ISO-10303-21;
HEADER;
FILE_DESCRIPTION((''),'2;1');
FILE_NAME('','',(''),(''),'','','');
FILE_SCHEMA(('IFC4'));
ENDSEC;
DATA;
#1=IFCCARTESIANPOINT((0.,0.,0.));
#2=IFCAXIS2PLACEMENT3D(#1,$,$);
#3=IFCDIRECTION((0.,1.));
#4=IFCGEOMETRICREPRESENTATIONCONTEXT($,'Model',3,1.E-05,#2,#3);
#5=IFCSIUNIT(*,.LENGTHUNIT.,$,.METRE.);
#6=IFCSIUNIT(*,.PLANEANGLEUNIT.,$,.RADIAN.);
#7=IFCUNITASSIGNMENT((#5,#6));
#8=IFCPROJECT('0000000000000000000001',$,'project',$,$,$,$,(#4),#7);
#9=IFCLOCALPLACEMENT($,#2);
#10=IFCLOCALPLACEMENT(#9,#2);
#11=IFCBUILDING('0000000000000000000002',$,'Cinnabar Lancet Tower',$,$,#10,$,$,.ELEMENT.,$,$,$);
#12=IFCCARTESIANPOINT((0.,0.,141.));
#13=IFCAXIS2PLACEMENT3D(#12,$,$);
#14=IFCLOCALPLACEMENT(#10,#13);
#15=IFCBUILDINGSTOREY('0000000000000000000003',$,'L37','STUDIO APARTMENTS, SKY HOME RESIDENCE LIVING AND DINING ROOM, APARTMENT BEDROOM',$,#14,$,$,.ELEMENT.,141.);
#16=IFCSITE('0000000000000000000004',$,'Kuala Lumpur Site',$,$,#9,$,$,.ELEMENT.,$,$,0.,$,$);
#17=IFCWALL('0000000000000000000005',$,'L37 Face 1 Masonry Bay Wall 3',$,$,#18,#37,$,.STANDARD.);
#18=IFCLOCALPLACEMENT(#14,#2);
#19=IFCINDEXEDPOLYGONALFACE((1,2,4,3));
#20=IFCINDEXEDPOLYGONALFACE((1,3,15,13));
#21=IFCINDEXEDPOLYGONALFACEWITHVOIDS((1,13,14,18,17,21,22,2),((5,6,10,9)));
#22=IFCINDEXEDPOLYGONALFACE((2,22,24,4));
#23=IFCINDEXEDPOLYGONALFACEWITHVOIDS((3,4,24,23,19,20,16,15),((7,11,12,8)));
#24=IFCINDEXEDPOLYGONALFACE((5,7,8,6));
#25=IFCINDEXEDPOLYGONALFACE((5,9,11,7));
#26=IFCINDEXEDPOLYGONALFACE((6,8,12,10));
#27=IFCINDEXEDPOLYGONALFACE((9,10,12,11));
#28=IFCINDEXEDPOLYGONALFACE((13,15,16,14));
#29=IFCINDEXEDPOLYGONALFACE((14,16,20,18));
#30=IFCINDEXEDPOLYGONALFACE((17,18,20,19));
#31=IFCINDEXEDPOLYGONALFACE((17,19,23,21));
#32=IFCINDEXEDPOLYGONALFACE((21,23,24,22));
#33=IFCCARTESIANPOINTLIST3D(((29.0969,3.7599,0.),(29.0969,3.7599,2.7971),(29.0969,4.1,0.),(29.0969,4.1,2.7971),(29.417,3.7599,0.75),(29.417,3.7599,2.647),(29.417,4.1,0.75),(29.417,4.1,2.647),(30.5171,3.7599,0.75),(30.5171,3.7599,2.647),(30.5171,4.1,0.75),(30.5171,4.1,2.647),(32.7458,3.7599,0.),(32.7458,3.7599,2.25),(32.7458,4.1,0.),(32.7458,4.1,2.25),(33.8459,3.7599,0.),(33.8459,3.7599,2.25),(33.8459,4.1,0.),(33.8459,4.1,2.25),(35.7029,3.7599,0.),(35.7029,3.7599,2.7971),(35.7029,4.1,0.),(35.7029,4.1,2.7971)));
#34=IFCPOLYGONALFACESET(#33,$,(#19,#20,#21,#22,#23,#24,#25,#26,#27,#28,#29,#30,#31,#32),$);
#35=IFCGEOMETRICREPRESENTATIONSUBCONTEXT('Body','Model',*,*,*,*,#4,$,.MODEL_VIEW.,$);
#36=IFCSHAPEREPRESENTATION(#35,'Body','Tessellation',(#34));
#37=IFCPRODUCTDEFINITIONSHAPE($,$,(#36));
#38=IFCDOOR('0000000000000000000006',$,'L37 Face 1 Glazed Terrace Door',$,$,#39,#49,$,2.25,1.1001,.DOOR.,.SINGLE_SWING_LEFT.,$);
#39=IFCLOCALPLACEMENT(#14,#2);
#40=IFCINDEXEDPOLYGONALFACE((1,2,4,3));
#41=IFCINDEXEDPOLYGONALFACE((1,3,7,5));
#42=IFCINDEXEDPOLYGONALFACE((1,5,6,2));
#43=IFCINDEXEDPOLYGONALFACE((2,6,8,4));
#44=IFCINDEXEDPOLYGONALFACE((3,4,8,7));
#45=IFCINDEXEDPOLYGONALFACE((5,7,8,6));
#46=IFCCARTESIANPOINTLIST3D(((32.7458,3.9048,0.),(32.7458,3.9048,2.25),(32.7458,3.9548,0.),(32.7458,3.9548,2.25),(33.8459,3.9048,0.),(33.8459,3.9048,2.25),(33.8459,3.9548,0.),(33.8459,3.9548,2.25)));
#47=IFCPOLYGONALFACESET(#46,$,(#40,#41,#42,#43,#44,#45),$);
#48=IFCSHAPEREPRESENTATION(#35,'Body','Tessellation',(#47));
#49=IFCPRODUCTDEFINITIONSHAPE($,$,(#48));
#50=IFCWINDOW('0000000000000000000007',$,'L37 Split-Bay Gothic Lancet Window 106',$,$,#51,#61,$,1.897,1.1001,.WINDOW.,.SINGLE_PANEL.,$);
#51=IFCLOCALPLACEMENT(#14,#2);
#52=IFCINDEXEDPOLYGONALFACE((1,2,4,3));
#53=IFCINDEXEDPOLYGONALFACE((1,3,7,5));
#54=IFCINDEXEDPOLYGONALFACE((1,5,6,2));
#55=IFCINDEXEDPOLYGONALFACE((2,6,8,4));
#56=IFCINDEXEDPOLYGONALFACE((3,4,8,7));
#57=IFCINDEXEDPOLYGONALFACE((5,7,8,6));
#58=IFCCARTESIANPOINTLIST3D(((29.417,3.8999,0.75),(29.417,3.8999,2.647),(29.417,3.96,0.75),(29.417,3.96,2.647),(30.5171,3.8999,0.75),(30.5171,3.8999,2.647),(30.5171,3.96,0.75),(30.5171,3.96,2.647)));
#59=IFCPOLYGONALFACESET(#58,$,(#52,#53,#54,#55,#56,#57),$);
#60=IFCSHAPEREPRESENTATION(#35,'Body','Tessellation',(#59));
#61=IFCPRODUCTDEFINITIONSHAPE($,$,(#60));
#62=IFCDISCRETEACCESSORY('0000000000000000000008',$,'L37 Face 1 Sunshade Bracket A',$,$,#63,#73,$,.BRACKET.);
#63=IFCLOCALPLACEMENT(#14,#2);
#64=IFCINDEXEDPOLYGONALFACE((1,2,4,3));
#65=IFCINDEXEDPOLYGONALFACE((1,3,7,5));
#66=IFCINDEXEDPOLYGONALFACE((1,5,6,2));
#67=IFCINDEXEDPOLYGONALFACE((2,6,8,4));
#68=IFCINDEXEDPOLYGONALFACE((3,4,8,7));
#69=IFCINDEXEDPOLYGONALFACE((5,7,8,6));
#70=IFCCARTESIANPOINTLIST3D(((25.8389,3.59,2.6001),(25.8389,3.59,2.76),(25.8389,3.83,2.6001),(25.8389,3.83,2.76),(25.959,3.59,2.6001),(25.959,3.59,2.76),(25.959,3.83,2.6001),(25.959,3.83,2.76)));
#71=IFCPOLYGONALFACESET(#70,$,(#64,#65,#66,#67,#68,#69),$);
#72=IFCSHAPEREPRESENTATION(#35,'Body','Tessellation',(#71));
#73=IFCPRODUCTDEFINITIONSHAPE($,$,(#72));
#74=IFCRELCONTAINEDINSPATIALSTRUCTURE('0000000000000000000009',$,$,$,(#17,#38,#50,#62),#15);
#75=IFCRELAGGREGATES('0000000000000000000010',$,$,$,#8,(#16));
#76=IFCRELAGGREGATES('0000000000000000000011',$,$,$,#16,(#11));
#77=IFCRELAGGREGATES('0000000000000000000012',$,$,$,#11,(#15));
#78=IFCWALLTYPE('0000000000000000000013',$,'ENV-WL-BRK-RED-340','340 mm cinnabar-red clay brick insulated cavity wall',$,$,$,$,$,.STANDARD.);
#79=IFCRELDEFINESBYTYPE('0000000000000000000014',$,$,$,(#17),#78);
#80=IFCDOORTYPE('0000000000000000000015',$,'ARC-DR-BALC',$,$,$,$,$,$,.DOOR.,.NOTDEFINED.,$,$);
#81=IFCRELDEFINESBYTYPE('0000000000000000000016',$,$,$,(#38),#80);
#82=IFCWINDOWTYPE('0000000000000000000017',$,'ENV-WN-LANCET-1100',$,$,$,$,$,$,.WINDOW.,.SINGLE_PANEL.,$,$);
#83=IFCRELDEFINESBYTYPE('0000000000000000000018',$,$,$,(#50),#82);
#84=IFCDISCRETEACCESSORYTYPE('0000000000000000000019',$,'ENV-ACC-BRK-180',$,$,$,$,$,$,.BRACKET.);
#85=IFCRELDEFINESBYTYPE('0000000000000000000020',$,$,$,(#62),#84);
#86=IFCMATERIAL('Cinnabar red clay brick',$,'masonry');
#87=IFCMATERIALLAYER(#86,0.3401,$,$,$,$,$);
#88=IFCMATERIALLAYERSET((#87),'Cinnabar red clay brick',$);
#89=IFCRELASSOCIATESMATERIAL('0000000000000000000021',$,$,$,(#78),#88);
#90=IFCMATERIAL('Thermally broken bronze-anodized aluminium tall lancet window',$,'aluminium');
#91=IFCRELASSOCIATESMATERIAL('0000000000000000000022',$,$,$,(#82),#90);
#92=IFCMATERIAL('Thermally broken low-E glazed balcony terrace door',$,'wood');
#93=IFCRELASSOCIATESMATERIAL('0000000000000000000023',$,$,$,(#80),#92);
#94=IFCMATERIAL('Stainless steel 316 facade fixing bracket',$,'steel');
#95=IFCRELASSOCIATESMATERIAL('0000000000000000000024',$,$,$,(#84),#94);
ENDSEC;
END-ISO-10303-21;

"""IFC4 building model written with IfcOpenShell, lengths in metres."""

from ifc_helpers import new_model, si_unit, direction, frame, frame_2d, origin, origin_2d, place, context, subcontext, project, spatial, rectangle, extrude, material, layer, layer_set, type_object, element, fill, save


model = new_model("IFC4")

# Units and contexts
model_context = context("Model", 3, precision=1e-05, world=origin(), true_north=direction((0.0, 1.0)))
body_context = subcontext(model_context, "Body", "Model", "MODEL_VIEW")
ifc_project = project(units=[si_unit("LENGTHUNIT", "METRE"), si_unit("PLANEANGLEUNIT", "RADIAN")], contexts=[model_context])

# Site, building, storey
site_placement = place(None, origin())
site = spatial("IfcSite", under=ifc_project, at=site_placement, Name="Kuala Lumpur Site", CompositionType="ELEMENT", RefElevation=0.0)
building_placement = place(site_placement, origin())
building = spatial("IfcBuilding", under=site, at=building_placement, Name="Cinnabar Lancet Tower", CompositionType="ELEMENT")
storey_placement = place(building_placement, frame((0.0, 0.0, 141.0)))
storey = spatial("IfcBuildingStorey", under=building, at=storey_placement, Name="L37", Description="STUDIO APARTMENTS, SKY HOME RESIDENCE LIVING AND DINING ROOM, APARTMENT BEDROOM", CompositionType="ELEMENT", Elevation=141.0)

# Shared definitions
ifc_material_1 = material(Name="Cinnabar red clay brick", Category="masonry")
ifc_layer_1 = layer(ifc_material_1, 0.3401)
ifc_layer_set_1 = layer_set([ifc_layer_1], Name="Cinnabar red clay brick")
wall_type_1 = type_object("IfcWallType", Name="ENV-WL-BRK-RED-340", Description="340 mm cinnabar-red clay brick insulated cavity wall", PredefinedType="STANDARD", material=ifc_layer_set_1)

# Shared definitions
ifc_material_2 = material(Name="Thermally broken bronze-anodized aluminium tall lancet window", Category="aluminium")
window_type = type_object("IfcWindowType", Name="ENV-WN-LANCET-1100", PartitioningType="SINGLE_PANEL", PredefinedType="WINDOW", material=ifc_material_2)

# Wall, openings, door, window
wall_1_placement = place(storey_placement, frame((29.0969, 3.9299, 0.0), z_axis=(0.0, 0.0, 1.0), x_axis=(1.0, 0.0, 0.0)))
wall_1 = element("IfcWall", 1, at=wall_1_placement, inside=storey, type_object=wall_type_1, Name="L37 Face 1 Masonry Bay Wall 3", PredefinedType="STANDARD", context=body_context, shape_type="SweptSolid", body=[
    extrude(rectangle(XDim=6.606, YDim=0.3401, at=frame_2d((3.303, 0.0))), origin(), (0.0, 0.0, 1.0), 2.7971),
])
opening_1_placement = place(wall_1_placement, frame((3.6489, 0.0, 0.0)))
opening_1 = element("IfcOpeningElement", 2, at=opening_1_placement, cuts=wall_1, PredefinedType="OPENING", context=body_context, shape_type="SweptSolid", body=[
    extrude(rectangle(XDim=1.1001, YDim=2.25, at=frame_2d((0.55, 1.125))), frame((0.0, 0.1799, 0.0), z_axis=(0.0, -1.0, 0.0), x_axis=(1.0, 0.0, 0.0)), (0.0, 0.0, 1.0), 0.3601),
])
opening_2_placement = place(wall_1_placement, frame((0.3201, 0.0, 0.75)))
opening_2 = element("IfcOpeningElement", 3, at=opening_2_placement, cuts=wall_1, PredefinedType="OPENING", context=body_context, shape_type="SweptSolid", body=[
    extrude(rectangle(XDim=1.1001, YDim=1.897, at=frame_2d((0.55, 0.9485))), frame((0.0, 0.1799, 0.0), z_axis=(0.0, -1.0, 0.0), x_axis=(1.0, 0.0, 0.0)), (0.0, 0.0, 1.0), 0.3601),
])
ifc_material_3 = material(Name="Thermally broken low-E glazed balcony terrace door", Category="wood")
door_type_1 = type_object("IfcDoorType", Name="ARC-DR-BALC", OperationType="NOTDEFINED", PredefinedType="DOOR", material=ifc_material_3)
door_1_placement = place(opening_1_placement, origin())
door_1 = element("IfcDoor", 4, at=door_1_placement, inside=storey, type_object=door_type_1, Name="L37 Face 1 Glazed Terrace Door", OperationType="SINGLE_SWING_LEFT", OverallHeight=2.25, OverallWidth=1.1001, PredefinedType="DOOR", context=body_context, shape_type="SweptSolid", body=[
    extrude(rectangle(XDim=1.1001, YDim=2.25, at=frame_2d((0.55, 1.125))), frame((0.0, 0.0249, 0.0), z_axis=(0.0, -1.0, 0.0), x_axis=(1.0, 0.0, 0.0)), (0.0, 0.0, 1.0), 0.05),
])
fill(opening_1, door_1)
window_1_placement = place(opening_2_placement, origin())
window_1 = element("IfcWindow", 5, at=window_1_placement, inside=storey, type_object=window_type, Name="L37 Split-Bay Gothic Lancet Window 106", OverallHeight=1.897, OverallWidth=1.1001, PartitioningType="SINGLE_PANEL", PredefinedType="WINDOW", context=body_context, shape_type="SweptSolid", body=[
    extrude(rectangle(XDim=1.1001, YDim=1.897, at=frame_2d((0.55, 0.9485))), frame((0.0, 0.03, 0.0), z_axis=(0.0, -1.0, 0.0), x_axis=(1.0, 0.0, 0.0)), (0.0, 0.0, 1.0), 0.0601),
])
fill(opening_2, window_1)

# Discrete accessory
ifc_material_4 = material(Name="Stainless steel 316 facade fixing bracket", Category="steel")
discrete_accessory_type = type_object("IfcDiscreteAccessoryType", Name="ENV-ACC-BRK-180", PredefinedType="BRACKET", material=ifc_material_4)
discrete_accessory_placement = place(storey_placement, frame((25.8989, 3.71, 2.6001), z_axis=(0.0, 0.0, 1.0), x_axis=(1.0, 0.0, 0.0)))
element("IfcDiscreteAccessory", 6, at=discrete_accessory_placement, inside=storey, type_object=discrete_accessory_type, Name="L37 Face 1 Sunshade Bracket A", PredefinedType="BRACKET", context=body_context, shape_type="SweptSolid", body=[
    extrude(rectangle(XDim=0.1201, YDim=0.24, at=origin_2d()), origin(), (0.0, 0.0, 1.0), 0.1599),
])

save(model, "model.ifc")
